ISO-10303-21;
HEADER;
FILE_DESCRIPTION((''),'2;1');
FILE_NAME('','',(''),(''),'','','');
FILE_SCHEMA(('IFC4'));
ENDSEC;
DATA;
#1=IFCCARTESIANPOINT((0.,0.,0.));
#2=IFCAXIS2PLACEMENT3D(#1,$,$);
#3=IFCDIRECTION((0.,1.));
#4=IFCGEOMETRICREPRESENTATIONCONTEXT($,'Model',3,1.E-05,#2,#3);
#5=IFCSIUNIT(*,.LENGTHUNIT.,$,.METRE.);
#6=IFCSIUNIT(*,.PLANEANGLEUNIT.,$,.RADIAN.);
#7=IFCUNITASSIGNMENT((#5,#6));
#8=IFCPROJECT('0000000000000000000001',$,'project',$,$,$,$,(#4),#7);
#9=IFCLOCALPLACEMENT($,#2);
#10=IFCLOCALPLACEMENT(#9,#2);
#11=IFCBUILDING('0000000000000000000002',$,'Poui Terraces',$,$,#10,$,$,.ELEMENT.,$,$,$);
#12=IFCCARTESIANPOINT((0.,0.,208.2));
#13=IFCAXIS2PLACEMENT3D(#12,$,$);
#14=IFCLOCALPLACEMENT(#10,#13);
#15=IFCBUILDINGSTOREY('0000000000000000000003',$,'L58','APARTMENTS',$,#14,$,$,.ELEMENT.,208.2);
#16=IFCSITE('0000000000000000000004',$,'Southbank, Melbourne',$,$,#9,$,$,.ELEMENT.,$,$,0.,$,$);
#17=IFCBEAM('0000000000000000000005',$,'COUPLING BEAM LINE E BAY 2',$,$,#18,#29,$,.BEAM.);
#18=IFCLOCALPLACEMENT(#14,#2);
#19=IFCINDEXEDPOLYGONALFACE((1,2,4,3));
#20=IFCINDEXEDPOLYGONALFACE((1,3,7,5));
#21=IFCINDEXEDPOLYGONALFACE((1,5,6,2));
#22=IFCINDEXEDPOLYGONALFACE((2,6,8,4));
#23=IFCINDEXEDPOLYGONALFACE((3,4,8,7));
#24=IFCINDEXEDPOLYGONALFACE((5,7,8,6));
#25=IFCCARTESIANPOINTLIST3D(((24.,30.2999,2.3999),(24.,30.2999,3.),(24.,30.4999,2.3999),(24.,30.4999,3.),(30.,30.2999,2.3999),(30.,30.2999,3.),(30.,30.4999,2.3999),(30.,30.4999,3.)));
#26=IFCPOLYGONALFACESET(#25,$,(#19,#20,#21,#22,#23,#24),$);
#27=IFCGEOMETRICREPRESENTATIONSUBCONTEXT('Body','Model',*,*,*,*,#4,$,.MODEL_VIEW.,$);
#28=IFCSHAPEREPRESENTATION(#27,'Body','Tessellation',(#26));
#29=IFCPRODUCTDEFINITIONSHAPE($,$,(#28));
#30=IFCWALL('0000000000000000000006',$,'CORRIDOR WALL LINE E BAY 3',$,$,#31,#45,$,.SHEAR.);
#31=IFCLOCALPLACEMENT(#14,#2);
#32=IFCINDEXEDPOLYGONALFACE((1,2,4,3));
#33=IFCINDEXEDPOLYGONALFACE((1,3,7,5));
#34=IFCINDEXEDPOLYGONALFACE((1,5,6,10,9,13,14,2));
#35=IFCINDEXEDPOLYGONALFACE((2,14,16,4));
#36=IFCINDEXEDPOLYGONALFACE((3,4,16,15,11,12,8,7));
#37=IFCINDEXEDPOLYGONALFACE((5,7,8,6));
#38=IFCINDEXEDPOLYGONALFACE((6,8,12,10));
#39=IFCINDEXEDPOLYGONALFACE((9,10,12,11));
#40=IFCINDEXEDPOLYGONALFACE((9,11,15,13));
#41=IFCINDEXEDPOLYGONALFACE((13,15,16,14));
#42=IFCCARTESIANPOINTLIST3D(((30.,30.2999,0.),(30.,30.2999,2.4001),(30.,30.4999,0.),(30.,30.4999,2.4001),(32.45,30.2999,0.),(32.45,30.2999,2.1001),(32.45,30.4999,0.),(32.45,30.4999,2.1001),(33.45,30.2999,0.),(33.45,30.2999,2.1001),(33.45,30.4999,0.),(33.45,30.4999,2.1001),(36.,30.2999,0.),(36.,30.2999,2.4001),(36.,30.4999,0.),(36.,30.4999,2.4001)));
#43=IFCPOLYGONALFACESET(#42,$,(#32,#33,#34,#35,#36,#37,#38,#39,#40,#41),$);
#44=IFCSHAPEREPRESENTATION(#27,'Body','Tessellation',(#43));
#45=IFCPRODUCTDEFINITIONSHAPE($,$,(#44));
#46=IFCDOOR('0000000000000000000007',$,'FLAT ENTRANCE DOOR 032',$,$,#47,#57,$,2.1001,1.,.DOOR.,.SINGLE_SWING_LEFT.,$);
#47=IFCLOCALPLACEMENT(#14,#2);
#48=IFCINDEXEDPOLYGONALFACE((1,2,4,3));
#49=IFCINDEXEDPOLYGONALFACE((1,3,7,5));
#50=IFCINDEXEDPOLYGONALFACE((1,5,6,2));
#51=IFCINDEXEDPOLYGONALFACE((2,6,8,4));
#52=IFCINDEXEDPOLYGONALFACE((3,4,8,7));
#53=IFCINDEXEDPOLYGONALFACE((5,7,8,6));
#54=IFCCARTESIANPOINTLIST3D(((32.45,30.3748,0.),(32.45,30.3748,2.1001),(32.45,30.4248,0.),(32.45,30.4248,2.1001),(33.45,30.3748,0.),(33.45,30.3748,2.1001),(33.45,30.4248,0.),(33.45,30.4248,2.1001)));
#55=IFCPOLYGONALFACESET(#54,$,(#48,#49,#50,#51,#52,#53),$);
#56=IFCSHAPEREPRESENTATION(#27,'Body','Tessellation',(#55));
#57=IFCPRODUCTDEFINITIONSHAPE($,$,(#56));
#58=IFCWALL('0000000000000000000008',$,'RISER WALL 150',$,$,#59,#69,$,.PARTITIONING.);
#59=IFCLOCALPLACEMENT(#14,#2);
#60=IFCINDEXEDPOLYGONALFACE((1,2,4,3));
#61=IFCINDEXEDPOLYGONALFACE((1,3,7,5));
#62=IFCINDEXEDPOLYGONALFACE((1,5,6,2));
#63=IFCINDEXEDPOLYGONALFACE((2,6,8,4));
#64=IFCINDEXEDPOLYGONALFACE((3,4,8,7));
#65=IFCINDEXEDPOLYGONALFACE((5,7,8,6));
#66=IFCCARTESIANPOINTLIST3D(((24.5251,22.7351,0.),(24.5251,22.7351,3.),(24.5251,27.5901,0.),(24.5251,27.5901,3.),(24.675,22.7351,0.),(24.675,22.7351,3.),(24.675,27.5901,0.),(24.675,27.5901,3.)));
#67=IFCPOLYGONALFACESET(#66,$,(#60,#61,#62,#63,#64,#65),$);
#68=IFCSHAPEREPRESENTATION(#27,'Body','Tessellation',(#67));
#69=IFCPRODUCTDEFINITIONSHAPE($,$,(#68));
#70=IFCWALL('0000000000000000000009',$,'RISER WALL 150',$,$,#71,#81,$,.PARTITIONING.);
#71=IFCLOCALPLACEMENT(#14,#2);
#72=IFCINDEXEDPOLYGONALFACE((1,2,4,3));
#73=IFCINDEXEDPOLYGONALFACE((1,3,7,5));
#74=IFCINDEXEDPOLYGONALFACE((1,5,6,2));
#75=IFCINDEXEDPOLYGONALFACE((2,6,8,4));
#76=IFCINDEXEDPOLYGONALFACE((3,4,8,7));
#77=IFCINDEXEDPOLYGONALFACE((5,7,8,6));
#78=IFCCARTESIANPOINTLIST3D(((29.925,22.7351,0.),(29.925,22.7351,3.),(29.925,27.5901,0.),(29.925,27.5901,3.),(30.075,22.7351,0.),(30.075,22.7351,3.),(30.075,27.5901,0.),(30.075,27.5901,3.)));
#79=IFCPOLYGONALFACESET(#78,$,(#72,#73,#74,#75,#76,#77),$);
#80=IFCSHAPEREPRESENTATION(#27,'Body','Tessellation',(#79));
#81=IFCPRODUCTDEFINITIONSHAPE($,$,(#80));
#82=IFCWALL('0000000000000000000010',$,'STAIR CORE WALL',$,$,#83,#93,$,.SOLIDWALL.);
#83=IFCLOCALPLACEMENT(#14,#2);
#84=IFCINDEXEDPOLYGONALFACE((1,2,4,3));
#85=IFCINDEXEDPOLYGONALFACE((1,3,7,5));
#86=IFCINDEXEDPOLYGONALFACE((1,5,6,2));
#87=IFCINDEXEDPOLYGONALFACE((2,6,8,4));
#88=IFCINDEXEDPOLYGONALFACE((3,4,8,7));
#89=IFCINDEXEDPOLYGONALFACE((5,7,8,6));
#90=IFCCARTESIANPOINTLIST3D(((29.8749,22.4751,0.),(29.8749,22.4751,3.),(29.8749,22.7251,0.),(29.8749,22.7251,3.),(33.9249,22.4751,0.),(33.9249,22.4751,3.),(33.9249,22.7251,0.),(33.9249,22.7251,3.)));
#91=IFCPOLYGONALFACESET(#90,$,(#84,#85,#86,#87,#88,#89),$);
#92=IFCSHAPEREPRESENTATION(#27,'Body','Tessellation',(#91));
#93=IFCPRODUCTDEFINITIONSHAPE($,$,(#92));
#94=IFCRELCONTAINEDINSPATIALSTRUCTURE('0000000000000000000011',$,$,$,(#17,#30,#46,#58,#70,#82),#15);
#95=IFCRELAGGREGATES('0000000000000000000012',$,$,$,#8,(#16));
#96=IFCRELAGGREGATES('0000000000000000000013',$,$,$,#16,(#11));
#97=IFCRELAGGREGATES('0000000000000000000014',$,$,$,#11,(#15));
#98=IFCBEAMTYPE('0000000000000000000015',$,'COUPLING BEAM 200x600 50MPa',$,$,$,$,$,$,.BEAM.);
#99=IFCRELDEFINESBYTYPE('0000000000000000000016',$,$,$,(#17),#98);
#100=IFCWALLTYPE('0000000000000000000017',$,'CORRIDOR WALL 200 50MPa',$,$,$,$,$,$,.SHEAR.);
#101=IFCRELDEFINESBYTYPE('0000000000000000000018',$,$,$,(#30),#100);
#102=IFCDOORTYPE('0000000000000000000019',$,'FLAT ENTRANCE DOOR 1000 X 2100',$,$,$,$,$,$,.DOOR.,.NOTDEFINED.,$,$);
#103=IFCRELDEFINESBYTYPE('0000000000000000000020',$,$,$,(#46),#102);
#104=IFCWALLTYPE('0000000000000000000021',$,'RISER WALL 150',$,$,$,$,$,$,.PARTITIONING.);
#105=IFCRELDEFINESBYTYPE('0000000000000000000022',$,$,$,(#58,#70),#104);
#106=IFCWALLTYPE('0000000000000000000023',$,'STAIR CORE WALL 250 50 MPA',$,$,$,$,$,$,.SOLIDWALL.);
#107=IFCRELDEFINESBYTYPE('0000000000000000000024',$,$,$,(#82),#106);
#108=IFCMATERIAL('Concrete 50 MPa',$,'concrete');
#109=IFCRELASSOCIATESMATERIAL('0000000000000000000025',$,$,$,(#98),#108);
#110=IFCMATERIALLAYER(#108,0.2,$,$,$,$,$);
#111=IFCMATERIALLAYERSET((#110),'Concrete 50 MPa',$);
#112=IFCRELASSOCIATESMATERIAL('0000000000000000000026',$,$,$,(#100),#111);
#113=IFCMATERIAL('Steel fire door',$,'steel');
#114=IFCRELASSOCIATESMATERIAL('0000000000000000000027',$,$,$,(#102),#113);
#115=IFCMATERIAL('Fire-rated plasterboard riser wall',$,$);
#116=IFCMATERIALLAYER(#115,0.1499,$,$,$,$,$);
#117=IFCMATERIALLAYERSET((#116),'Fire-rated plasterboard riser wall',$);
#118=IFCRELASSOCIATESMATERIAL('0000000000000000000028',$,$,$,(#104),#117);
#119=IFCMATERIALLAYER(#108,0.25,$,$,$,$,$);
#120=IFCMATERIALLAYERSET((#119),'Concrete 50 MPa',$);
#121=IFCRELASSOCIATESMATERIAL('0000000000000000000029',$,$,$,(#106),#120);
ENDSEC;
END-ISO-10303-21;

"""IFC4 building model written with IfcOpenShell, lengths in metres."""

from ifc_helpers import new_model, si_unit, direction, frame, frame_2d, origin, origin_2d, place, context, subcontext, project, spatial, rectangle, extrude, source, transform, mapped, material, layer, layer_set, material_profile, profile_set, type_object, element, fill, save


model = new_model("IFC4")

# Units and contexts
model_context = context("Model", 3, precision=1e-05, world=origin(), true_north=direction((0.0, 1.0)))
body_context = subcontext(model_context, "Body", "Model", "MODEL_VIEW")
ifc_project = project(units=[si_unit("LENGTHUNIT", "METRE"), si_unit("PLANEANGLEUNIT", "RADIAN")], contexts=[model_context])

# Site, building, storey
site_placement = place(None, origin())
site = spatial("IfcSite", under=ifc_project, at=site_placement, Name="Southbank, Melbourne", CompositionType="ELEMENT", RefElevation=0.0)
building_placement = place(site_placement, origin())
building = spatial("IfcBuilding", under=site, at=building_placement, Name="Poui Terraces", CompositionType="ELEMENT")
storey_placement = place(building_placement, frame((0.0, 0.0, 208.2)))
storey = spatial("IfcBuildingStorey", under=building, at=storey_placement, Name="L58", Description="APARTMENTS", CompositionType="ELEMENT", Elevation=208.2)

# Beam
ifc_material_1 = material(Name="Concrete 50 MPa", Category="concrete")
ifc_material_profile = material_profile(ifc_material_1, rectangle(XDim=0.2, YDim=0.6001, at=origin_2d()), Name="RC 200x600")
ifc_profile_set = profile_set([ifc_material_profile], Name="Concrete 50 MPa")
beam_type = type_object("IfcBeamType", Name="COUPLING BEAM 200x600 50MPa", PredefinedType="BEAM", material=ifc_profile_set)
shared_shape = source(origin(), body_context, "Body", "SweptSolid", [
    extrude(rectangle(XDim=0.2, YDim=0.6001, at=origin_2d()), origin(), (0.0, 0.0, 1.0), 6.0),
])
beam_placement = place(storey_placement, frame((24.0, 30.3999, 2.7), z_axis=(1.0, 0.0, 0.0), x_axis=(0.0, 1.0, 0.0)))
element("IfcBeam", 1, at=beam_placement, inside=storey, type_object=beam_type, Name="COUPLING BEAM LINE E BAY 2", PredefinedType="BEAM", context=body_context, shape_type="MappedRepresentation", body=[
    mapped(shared_shape, transform((0.0, 0.0, 0.0))),
])

# Wall, opening, door
ifc_layer_1 = layer(ifc_material_1, 0.2)
ifc_layer_set_1 = layer_set([ifc_layer_1], Name="Concrete 50 MPa")
wall_type_1 = type_object("IfcWallType", Name="CORRIDOR WALL 200 50MPa", PredefinedType="SHEAR", material=ifc_layer_set_1)
wall_1_placement = place(storey_placement, frame((30.0, 30.3999, 0.0), z_axis=(0.0, 0.0, 1.0), x_axis=(1.0, 0.0, 0.0)))
wall_1 = element("IfcWall", 2, at=wall_1_placement, inside=storey, type_object=wall_type_1, Name="CORRIDOR WALL LINE E BAY 3", PredefinedType="SHEAR", context=body_context, shape_type="SweptSolid", body=[
    extrude(rectangle(XDim=6.0, YDim=0.2, at=frame_2d((3.0, 0.0))), origin(), (0.0, 0.0, 1.0), 2.4001),
])
opening_placement = place(wall_1_placement, frame((2.45, 0.0, 0.0)))
opening = element("IfcOpeningElement", 3, at=opening_placement, cuts=wall_1, PredefinedType="OPENING", context=body_context, shape_type="SweptSolid", body=[
    extrude(rectangle(XDim=1.0, YDim=2.1001, at=frame_2d((0.5, 1.05))), frame((0.0, 0.1099, 0.0), z_axis=(0.0, -1.0, 0.0), x_axis=(1.0, 0.0, 0.0)), (0.0, 0.0, 1.0), 0.22),
])
ifc_material_2 = material(Name="Steel fire door", Category="steel")
door_type = type_object("IfcDoorType", Name="FLAT ENTRANCE DOOR 1000 X 2100", OperationType="NOTDEFINED", PredefinedType="DOOR", material=ifc_material_2)
door_placement = place(opening_placement, origin())
door = element("IfcDoor", 4, at=door_placement, inside=storey, type_object=door_type, Name="FLAT ENTRANCE DOOR 032", OperationType="SINGLE_SWING_LEFT", OverallHeight=2.1001, OverallWidth=1.0, PredefinedType="DOOR", context=body_context, shape_type="SweptSolid", body=[
    extrude(rectangle(XDim=1.0, YDim=2.1001, at=frame_2d((0.5, 1.05))), frame((0.0, 0.0249, 0.0), z_axis=(0.0, -1.0, 0.0), x_axis=(1.0, 0.0, 0.0)), (0.0, 0.0, 1.0), 0.05),
])
fill(opening, door)

# Walls
ifc_material_3 = material(Name="Fire-rated plasterboard riser wall")
ifc_layer_2 = layer(ifc_material_3, 0.1499)
ifc_layer_set_2 = layer_set([ifc_layer_2], Name="Fire-rated plasterboard riser wall")
wall_type_2 = type_object("IfcWallType", Name="RISER WALL 150", PredefinedType="PARTITIONING", material=ifc_layer_set_2)
for number, where, z_axis, x_axis, name in (
    (5, (24.6001, 22.7351, 0.0), (0.0, 0.0, 1.0), (0.0, 1.0, 0.0), "RISER WALL 150"),
    (6, (30.0, 22.7351, 0.0), (0.0, 0.0, 1.0), (0.0, 1.0, 0.0), "RISER WALL 150"),
):
    element("IfcWall", number, at=place(storey_placement, frame(where, z_axis=z_axis, x_axis=x_axis)), inside=storey, type_object=wall_type_2, Name=name, PredefinedType="PARTITIONING", context=body_context, shape_type="SweptSolid", body=[
        extrude(rectangle(XDim=4.855, YDim=0.1499, at=frame_2d((2.4275, 0.0))), origin(), (0.0, 0.0, 1.0), 3.0),
    ])
ifc_layer_3 = layer(ifc_material_1, 0.25)
ifc_layer_set_3 = layer_set([ifc_layer_3], Name="Concrete 50 MPa")
wall_type_3 = type_object("IfcWallType", Name="STAIR CORE WALL 250 50 MPA", PredefinedType="SOLIDWALL", material=ifc_layer_set_3)
wall_2_placement = place(storey_placement, frame((29.875, 22.6001, 0.0), z_axis=(0.0, 0.0, 1.0), x_axis=(1.0, 0.0, 0.0)))
element("IfcWall", 7, at=wall_2_placement, inside=storey, type_object=wall_type_3, Name="STAIR CORE WALL", PredefinedType="SOLIDWALL", context=body_context, shape_type="SweptSolid", body=[
    extrude(rectangle(XDim=4.05, YDim=0.25, at=frame_2d((2.0249, 0.0))), origin(), (0.0, 0.0, 1.0), 3.0),
])

save(model, "model.ifc")
